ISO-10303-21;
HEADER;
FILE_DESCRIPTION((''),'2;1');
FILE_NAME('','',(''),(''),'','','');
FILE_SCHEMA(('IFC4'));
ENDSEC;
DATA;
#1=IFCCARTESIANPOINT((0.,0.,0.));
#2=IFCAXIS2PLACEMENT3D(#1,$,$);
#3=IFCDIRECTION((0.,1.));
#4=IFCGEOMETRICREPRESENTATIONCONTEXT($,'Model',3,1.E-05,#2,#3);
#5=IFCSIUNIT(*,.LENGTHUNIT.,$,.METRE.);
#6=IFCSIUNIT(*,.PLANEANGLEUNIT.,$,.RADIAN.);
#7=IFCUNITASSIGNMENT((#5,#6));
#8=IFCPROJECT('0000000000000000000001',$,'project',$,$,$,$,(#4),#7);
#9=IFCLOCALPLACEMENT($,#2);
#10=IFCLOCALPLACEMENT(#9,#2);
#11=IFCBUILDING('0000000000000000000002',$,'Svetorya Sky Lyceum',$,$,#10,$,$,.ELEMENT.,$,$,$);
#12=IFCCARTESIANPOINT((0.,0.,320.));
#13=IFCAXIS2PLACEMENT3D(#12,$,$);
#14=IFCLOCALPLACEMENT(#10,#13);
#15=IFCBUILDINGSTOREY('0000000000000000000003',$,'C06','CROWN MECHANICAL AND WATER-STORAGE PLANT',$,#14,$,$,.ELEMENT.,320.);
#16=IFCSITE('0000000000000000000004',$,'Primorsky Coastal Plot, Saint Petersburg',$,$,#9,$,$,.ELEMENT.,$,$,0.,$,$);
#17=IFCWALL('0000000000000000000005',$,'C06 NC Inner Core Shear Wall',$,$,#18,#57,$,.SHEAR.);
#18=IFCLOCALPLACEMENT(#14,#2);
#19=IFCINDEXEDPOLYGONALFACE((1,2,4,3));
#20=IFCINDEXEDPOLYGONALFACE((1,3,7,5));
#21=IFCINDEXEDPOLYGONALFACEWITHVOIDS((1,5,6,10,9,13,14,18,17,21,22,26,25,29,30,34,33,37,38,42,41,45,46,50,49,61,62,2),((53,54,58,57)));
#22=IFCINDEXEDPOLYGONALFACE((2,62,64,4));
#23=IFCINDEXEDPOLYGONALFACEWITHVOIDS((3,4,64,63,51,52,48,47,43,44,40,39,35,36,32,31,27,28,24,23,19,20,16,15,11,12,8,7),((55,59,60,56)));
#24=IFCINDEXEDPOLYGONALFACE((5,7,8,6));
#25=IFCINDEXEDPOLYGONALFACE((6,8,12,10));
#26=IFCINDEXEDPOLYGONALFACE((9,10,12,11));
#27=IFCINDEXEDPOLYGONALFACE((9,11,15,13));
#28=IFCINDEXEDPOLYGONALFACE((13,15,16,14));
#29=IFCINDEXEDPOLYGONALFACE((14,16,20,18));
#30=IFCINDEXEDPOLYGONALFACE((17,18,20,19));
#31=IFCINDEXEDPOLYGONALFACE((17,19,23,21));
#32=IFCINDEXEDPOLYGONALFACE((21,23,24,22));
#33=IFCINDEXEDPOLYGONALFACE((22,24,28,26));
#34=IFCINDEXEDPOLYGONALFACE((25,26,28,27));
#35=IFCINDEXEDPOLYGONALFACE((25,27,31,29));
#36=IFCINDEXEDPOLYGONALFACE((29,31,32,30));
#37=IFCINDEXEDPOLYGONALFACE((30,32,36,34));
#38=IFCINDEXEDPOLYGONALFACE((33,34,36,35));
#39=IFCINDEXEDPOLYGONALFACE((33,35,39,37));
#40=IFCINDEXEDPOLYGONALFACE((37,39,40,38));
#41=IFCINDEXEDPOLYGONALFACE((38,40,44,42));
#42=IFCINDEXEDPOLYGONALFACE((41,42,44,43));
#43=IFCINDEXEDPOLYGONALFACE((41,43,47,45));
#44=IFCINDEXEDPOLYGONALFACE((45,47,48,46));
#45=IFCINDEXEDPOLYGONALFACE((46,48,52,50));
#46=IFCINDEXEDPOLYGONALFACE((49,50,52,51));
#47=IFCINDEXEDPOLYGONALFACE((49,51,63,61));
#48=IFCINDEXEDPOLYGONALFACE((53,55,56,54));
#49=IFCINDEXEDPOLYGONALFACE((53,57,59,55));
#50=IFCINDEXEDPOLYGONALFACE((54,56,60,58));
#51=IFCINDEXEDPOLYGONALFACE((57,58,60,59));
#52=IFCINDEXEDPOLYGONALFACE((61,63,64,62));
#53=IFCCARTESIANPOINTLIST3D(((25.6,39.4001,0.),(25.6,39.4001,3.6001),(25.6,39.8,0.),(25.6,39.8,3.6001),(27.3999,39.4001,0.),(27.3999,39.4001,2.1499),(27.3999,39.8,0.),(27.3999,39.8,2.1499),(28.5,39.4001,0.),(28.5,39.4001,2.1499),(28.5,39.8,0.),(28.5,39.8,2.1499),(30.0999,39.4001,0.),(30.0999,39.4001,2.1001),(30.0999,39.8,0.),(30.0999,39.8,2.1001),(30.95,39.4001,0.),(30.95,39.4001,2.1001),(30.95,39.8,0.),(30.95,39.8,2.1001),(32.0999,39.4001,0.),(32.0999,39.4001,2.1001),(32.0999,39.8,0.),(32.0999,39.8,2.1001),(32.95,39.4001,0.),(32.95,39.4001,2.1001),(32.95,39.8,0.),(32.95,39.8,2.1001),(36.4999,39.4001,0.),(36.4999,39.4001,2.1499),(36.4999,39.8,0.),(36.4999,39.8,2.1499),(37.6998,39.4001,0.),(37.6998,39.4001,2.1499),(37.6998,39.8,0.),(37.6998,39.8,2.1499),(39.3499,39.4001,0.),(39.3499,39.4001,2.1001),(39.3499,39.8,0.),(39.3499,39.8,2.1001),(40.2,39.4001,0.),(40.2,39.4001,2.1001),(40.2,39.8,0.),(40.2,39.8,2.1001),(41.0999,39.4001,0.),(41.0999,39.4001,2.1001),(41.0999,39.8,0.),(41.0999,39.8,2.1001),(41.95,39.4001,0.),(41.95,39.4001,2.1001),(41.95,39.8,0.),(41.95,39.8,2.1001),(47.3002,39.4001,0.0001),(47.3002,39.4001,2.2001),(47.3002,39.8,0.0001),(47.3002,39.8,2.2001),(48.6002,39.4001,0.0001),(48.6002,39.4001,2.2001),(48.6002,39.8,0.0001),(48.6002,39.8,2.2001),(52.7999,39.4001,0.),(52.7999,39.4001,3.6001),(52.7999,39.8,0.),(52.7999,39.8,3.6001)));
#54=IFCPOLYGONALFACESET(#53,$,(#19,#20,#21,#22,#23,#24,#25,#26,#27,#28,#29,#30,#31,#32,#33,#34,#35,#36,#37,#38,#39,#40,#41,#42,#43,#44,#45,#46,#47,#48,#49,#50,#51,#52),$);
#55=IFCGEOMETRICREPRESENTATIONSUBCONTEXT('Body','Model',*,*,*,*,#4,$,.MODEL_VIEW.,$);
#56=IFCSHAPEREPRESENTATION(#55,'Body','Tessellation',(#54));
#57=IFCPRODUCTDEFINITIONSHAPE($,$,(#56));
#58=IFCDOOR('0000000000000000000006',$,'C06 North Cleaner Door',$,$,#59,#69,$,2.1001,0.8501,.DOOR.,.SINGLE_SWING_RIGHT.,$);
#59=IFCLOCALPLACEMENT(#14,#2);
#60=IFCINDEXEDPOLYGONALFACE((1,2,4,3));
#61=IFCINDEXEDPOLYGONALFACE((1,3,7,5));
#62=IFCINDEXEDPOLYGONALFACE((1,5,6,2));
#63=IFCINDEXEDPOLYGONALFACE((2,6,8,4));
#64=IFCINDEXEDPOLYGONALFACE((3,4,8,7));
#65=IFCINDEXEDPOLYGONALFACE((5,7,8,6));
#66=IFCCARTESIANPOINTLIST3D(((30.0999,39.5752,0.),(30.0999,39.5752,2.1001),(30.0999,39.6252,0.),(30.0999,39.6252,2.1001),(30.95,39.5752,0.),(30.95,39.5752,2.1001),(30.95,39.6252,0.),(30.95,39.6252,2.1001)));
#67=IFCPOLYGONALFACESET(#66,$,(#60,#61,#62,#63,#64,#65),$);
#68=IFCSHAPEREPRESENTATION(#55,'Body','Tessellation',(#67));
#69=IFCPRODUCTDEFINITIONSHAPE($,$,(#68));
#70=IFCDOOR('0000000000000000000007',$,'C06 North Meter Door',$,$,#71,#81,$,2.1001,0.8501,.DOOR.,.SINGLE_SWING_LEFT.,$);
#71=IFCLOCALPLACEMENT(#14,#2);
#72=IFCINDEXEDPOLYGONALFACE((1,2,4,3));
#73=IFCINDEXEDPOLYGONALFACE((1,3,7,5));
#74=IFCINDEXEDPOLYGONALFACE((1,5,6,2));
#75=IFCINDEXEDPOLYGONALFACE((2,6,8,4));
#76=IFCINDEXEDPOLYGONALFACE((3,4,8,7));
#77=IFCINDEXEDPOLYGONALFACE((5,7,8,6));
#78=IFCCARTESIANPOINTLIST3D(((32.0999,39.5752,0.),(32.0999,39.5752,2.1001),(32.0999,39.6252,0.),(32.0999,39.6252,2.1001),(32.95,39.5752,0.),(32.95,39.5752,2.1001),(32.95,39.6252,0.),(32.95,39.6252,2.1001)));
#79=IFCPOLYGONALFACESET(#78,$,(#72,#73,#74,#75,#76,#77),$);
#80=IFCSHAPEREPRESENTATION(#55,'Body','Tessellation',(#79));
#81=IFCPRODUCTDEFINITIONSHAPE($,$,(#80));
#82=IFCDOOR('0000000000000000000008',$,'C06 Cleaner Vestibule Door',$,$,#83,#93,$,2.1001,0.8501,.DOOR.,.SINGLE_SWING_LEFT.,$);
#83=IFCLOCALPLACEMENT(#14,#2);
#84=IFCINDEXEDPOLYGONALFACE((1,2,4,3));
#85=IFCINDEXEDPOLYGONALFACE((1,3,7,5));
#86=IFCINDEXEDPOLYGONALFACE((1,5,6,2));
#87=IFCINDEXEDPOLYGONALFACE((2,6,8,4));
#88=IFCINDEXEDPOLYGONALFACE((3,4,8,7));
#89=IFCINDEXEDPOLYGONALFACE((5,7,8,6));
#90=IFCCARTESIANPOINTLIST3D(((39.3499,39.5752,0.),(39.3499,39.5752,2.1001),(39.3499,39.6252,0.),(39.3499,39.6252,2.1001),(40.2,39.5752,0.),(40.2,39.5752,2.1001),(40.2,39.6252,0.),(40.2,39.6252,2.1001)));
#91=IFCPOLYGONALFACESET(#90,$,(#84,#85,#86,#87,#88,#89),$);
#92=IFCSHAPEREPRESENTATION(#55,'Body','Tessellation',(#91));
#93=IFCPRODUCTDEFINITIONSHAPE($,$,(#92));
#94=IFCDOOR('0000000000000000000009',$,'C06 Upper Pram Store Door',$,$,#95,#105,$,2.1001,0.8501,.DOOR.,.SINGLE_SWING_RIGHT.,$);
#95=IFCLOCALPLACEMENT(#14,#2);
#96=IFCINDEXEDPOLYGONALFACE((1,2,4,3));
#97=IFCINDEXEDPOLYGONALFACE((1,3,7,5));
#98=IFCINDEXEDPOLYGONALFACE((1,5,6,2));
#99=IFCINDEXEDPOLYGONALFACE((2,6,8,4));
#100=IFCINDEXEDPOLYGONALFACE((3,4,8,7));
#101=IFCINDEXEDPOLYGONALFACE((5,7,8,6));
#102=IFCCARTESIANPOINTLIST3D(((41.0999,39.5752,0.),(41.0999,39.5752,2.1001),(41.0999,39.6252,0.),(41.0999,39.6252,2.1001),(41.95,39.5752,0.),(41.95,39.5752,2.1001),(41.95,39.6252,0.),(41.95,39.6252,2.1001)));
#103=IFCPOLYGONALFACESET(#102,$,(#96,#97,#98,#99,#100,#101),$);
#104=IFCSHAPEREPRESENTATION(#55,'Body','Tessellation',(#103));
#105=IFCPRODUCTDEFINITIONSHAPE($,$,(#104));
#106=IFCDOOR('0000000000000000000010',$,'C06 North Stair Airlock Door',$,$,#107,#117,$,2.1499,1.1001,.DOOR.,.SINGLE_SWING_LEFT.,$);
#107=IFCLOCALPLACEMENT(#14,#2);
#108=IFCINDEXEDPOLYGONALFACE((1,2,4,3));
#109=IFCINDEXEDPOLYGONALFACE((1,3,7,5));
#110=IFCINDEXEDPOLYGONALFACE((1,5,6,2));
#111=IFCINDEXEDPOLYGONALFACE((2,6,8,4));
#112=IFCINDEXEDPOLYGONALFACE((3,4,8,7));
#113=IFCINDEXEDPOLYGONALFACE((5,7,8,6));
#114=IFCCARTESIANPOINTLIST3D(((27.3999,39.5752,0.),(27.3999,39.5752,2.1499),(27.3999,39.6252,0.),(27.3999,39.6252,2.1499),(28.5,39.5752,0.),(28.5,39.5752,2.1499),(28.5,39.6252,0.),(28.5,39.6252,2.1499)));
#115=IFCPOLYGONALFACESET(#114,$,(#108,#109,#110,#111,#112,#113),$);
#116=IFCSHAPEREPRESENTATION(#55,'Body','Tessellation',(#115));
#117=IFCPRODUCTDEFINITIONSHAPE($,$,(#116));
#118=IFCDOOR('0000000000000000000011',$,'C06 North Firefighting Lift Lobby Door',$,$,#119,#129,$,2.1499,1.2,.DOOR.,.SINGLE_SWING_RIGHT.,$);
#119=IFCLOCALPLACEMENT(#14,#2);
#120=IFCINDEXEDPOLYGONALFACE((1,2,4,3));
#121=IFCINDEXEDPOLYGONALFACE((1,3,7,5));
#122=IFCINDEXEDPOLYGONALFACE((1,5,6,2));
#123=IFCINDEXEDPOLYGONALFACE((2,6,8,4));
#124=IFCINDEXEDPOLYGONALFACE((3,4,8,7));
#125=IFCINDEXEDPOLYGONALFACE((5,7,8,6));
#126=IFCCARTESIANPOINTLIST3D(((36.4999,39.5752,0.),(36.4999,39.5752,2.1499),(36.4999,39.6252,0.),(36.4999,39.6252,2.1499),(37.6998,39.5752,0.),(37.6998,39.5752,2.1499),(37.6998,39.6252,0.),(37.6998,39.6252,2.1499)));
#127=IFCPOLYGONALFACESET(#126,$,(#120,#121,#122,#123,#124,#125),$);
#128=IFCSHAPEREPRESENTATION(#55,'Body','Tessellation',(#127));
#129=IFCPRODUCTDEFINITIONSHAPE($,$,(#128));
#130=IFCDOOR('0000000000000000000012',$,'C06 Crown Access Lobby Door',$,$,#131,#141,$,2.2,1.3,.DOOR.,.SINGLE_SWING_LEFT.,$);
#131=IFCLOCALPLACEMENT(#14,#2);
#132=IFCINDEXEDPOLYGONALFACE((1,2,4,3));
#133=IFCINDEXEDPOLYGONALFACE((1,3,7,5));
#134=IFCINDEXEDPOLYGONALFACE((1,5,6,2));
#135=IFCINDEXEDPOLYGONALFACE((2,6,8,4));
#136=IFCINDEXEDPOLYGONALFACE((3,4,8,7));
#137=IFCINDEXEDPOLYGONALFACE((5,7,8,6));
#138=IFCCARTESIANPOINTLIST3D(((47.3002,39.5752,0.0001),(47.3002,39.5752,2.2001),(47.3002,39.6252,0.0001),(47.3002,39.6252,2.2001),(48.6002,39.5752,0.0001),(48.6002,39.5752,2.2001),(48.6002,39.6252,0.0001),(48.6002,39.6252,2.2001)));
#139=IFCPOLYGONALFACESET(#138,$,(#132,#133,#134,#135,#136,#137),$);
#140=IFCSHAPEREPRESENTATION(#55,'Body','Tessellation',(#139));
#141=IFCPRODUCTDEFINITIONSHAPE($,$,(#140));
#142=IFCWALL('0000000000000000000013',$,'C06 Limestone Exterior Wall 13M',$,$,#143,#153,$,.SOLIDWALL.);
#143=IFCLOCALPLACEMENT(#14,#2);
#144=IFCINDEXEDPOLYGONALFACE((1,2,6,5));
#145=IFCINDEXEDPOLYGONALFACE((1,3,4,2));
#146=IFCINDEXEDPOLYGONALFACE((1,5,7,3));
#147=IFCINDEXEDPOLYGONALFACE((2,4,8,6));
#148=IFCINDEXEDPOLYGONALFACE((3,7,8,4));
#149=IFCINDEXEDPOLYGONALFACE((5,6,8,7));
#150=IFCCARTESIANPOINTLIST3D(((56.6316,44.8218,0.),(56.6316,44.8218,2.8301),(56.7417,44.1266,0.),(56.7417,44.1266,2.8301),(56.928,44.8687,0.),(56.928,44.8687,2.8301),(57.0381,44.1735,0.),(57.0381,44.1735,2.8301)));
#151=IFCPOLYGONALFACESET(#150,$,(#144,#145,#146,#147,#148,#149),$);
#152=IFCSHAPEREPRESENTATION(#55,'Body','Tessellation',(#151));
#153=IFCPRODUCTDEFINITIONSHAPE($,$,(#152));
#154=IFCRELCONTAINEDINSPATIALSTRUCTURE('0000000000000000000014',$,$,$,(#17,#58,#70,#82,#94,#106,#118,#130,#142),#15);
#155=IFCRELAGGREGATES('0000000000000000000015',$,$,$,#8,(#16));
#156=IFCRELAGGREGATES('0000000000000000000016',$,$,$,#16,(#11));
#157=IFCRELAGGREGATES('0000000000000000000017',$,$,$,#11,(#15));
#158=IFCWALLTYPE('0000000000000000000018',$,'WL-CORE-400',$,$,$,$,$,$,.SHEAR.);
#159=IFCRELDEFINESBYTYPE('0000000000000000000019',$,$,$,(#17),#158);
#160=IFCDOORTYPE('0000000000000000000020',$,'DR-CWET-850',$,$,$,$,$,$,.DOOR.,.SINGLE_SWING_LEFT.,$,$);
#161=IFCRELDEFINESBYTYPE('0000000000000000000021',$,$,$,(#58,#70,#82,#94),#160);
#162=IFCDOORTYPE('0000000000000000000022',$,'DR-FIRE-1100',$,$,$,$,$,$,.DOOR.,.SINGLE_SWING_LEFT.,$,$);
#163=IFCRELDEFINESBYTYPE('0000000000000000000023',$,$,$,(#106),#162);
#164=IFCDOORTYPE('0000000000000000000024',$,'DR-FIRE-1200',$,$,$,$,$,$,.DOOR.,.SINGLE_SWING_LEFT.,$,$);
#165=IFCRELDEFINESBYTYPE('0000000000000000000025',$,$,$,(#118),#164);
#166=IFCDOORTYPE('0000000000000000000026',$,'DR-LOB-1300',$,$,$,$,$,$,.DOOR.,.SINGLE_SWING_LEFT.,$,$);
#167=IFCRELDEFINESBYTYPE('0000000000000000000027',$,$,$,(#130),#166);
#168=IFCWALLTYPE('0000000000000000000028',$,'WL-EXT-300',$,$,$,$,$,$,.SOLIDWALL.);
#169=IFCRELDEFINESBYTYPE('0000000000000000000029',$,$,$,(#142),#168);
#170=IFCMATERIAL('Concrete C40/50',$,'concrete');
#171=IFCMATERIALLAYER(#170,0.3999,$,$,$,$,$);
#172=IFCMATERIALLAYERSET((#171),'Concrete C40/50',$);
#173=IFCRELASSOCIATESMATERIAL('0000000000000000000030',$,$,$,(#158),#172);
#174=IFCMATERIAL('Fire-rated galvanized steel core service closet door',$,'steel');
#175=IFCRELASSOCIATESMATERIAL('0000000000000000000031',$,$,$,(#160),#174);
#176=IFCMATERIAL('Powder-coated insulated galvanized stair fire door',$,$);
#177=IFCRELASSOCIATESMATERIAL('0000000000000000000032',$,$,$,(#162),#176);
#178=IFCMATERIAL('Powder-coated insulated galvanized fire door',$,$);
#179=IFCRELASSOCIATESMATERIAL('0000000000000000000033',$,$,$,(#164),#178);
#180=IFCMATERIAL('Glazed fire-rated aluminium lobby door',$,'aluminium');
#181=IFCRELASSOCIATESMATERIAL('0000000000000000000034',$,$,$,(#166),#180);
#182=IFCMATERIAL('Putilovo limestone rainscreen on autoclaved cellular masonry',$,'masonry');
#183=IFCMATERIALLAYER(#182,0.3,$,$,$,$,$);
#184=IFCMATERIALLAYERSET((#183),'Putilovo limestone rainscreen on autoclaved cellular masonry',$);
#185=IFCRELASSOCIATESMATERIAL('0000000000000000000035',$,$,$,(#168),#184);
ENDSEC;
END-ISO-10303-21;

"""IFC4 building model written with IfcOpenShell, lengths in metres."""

from ifc_helpers import new_model, si_unit, direction, frame, frame_2d, origin, place, context, subcontext, project, spatial, rectangle, extrude, material, layer, layer_set, type_object, element, fill, save


model = new_model("IFC4")

# Units and contexts
model_context = context("Model", 3, precision=1e-05, world=origin(), true_north=direction((0.0, 1.0)))
body_context = subcontext(model_context, "Body", "Model", "MODEL_VIEW")
ifc_project = project(units=[si_unit("LENGTHUNIT", "METRE"), si_unit("PLANEANGLEUNIT", "RADIAN")], contexts=[model_context])

# Site, building, storey
site_placement = place(None, origin())
site = spatial("IfcSite", under=ifc_project, at=site_placement, Name="Primorsky Coastal Plot, Saint Petersburg", CompositionType="ELEMENT", RefElevation=0.0)
building_placement = place(site_placement, origin())
building = spatial("IfcBuilding", under=site, at=building_placement, Name="Svetorya Sky Lyceum", CompositionType="ELEMENT")
storey_placement = place(building_placement, frame((0.0, 0.0, 320.0)))
storey = spatial("IfcBuildingStorey", under=building, at=storey_placement, Name="C06", Description="CROWN MECHANICAL AND WATER-STORAGE PLANT", CompositionType="ELEMENT", Elevation=320.0)

# Shared definitions
ifc_material_1 = material(Name="Concrete C40/50", Category="concrete")

# Shared definitions
ifc_layer_1 = layer(ifc_material_1, 0.3999)
ifc_layer_set_1 = layer_set([ifc_layer_1], Name="Concrete C40/50")
wall_type_1 = type_object("IfcWallType", Name="WL-CORE-400", PredefinedType="SHEAR", material=ifc_layer_set_1)

# Wall, openings, doors
wall_1_placement = place(storey_placement, frame((52.8, 39.6001, 0.0), z_axis=(0.0, 0.0, 1.0), x_axis=(-1.0, 0.0, 0.0)))
wall_1 = element("IfcWall", 1, at=wall_1_placement, inside=storey, type_object=wall_type_1, Name="C06 NC Inner Core Shear Wall", PredefinedType="SHEAR", context=body_context, shape_type="SweptSolid", body=[
    extrude(rectangle(XDim=27.2, YDim=0.3999, at=frame_2d((13.6001, 0.0))), origin(), (0.0, 0.0, 1.0), 3.6001),
])
opening_1_placement = place(wall_1_placement, frame((24.3, 0.0, 0.0)))
opening_1 = element("IfcOpeningElement", 2, at=opening_1_placement, cuts=wall_1, PredefinedType="OPENING", context=body_context, shape_type="SweptSolid", body=[
    extrude(rectangle(XDim=1.1001, YDim=2.1499, at=frame_2d((0.55, 1.075))), frame((0.0, 0.21, 0.0), z_axis=(0.0, -1.0, 0.0), x_axis=(1.0, 0.0, 0.0)), (0.0, 0.0, 1.0), 0.4199),
])
opening_2_placement = place(wall_1_placement, frame((21.8501, 0.0, 0.0)))
opening_2 = element("IfcOpeningElement", 3, at=opening_2_placement, cuts=wall_1, PredefinedType="OPENING", context=body_context, shape_type="SweptSolid", body=[
    extrude(rectangle(XDim=0.8501, YDim=2.1001, at=frame_2d((0.425, 1.05))), frame((0.0, 0.21, 0.0), z_axis=(0.0, -1.0, 0.0), x_axis=(1.0, 0.0, 0.0)), (0.0, 0.0, 1.0), 0.4199),
])
opening_3_placement = place(wall_1_placement, frame((19.8501, 0.0, 0.0)))
opening_3 = element("IfcOpeningElement", 4, at=opening_3_placement, cuts=wall_1, PredefinedType="OPENING", context=body_context, shape_type="SweptSolid", body=[
    extrude(rectangle(XDim=0.8501, YDim=2.1001, at=frame_2d((0.425, 1.05))), frame((0.0, 0.21, 0.0), z_axis=(0.0, -1.0, 0.0), x_axis=(1.0, 0.0, 0.0)), (0.0, 0.0, 1.0), 0.4199),
])
opening_4_placement = place(wall_1_placement, frame((15.1001, 0.0, 0.0)))
opening_4 = element("IfcOpeningElement", 5, at=opening_4_placement, cuts=wall_1, PredefinedType="OPENING", context=body_context, shape_type="SweptSolid", body=[
    extrude(rectangle(XDim=1.2, YDim=2.1499, at=frame_2d((0.6001, 1.075))), frame((0.0, 0.21, 0.0), z_axis=(0.0, -1.0, 0.0), x_axis=(1.0, 0.0, 0.0)), (0.0, 0.0, 1.0), 0.4199),
])
opening_5_placement = place(wall_1_placement, frame((12.6001, 0.0, 0.0)))
opening_5 = element("IfcOpeningElement", 6, at=opening_5_placement, cuts=wall_1, PredefinedType="OPENING", context=body_context, shape_type="SweptSolid", body=[
    extrude(rectangle(XDim=0.8501, YDim=2.1001, at=frame_2d((0.425, 1.05))), frame((0.0, 0.21, 0.0), z_axis=(0.0, -1.0, 0.0), x_axis=(1.0, 0.0, 0.0)), (0.0, 0.0, 1.0), 0.4199),
])
opening_6_placement = place(wall_1_placement, frame((10.8501, 0.0, 0.0)))
opening_6 = element("IfcOpeningElement", 7, at=opening_6_placement, cuts=wall_1, PredefinedType="OPENING", context=body_context, shape_type="SweptSolid", body=[
    extrude(rectangle(XDim=0.8501, YDim=2.1001, at=frame_2d((0.425, 1.05))), frame((0.0, 0.21, 0.0), z_axis=(0.0, -1.0, 0.0), x_axis=(1.0, 0.0, 0.0)), (0.0, 0.0, 1.0), 0.4199),
])
opening_7_placement = place(wall_1_placement, frame((4.2, 0.0, 0.0)))
opening_7 = element("IfcOpeningElement", 8, at=opening_7_placement, cuts=wall_1, PredefinedType="OPENING", context=body_context, shape_type="SweptSolid", body=[
    extrude(rectangle(XDim=1.3, YDim=2.2, at=frame_2d((0.6499, 1.1001))), frame((0.0, 0.21, 0.0), z_axis=(0.0, -1.0, 0.0), x_axis=(1.0, 0.0, 0.0)), (0.0, 0.0, 1.0), 0.4199),
])
ifc_material_2 = material(Name="Fire-rated galvanized steel core service closet door", Category="steel")
door_type_1 = type_object("IfcDoorType", Name="DR-CWET-850", OperationType="SINGLE_SWING_LEFT", PredefinedType="DOOR", material=ifc_material_2)
door_1_placement = place(opening_2_placement, origin())
door_1 = element("IfcDoor", 9, at=door_1_placement, inside=storey, type_object=door_type_1, Name="C06 North Cleaner Door", OperationType="SINGLE_SWING_RIGHT", OverallHeight=2.1001, OverallWidth=0.8501, PredefinedType="DOOR", context=body_context, shape_type="SweptSolid", body=[
    extrude(rectangle(XDim=0.8501, YDim=2.1001, at=frame_2d((0.425, 1.05))), frame((0.0, 0.0249, 0.0), z_axis=(0.0, -1.0, 0.0), x_axis=(1.0, 0.0, 0.0)), (0.0, 0.0, 1.0), 0.05),
])
fill(opening_2, door_1)
door_2_placement = place(opening_3_placement, origin())
door_2 = element("IfcDoor", 10, at=door_2_placement, inside=storey, type_object=door_type_1, Name="C06 North Meter Door", OperationType="SINGLE_SWING_LEFT", OverallHeight=2.1001, OverallWidth=0.8501, PredefinedType="DOOR", context=body_context, shape_type="SweptSolid", body=[
    extrude(rectangle(XDim=0.8501, YDim=2.1001, at=frame_2d((0.425, 1.05))), frame((0.0, 0.0249, 0.0), z_axis=(0.0, -1.0, 0.0), x_axis=(1.0, 0.0, 0.0)), (0.0, 0.0, 1.0), 0.05),
])
fill(opening_3, door_2)
door_3_placement = place(opening_5_placement, origin())
door_3 = element("IfcDoor", 11, at=door_3_placement, inside=storey, type_object=door_type_1, Name="C06 Cleaner Vestibule Door", OperationType="SINGLE_SWING_LEFT", OverallHeight=2.1001, OverallWidth=0.8501, PredefinedType="DOOR", context=body_context, shape_type="SweptSolid", body=[
    extrude(rectangle(XDim=0.8501, YDim=2.1001, at=frame_2d((0.425, 1.05))), frame((0.0, 0.0249, 0.0), z_axis=(0.0, -1.0, 0.0), x_axis=(1.0, 0.0, 0.0)), (0.0, 0.0, 1.0), 0.05),
])
fill(opening_5, door_3)
door_4_placement = place(opening_6_placement, origin())
door_4 = element("IfcDoor", 12, at=door_4_placement, inside=storey, type_object=door_type_1, Name="C06 Upper Pram Store Door", OperationType="SINGLE_SWING_RIGHT", OverallHeight=2.1001, OverallWidth=0.8501, PredefinedType="DOOR", context=body_context, shape_type="SweptSolid", body=[
    extrude(rectangle(XDim=0.8501, YDim=2.1001, at=frame_2d((0.425, 1.05))), frame((0.0, 0.0249, 0.0), z_axis=(0.0, -1.0, 0.0), x_axis=(1.0, 0.0, 0.0)), (0.0, 0.0, 1.0), 0.05),
])
fill(opening_6, door_4)
ifc_material_3 = material(Name="Powder-coated insulated galvanized stair fire door")
door_type_2 = type_object("IfcDoorType", Name="DR-FIRE-1100", OperationType="SINGLE_SWING_LEFT", PredefinedType="DOOR", material=ifc_material_3)
door_5_placement = place(opening_1_placement, origin())
door_5 = element("IfcDoor", 13, at=door_5_placement, inside=storey, type_object=door_type_2, Name="C06 North Stair Airlock Door", OperationType="SINGLE_SWING_LEFT", OverallHeight=2.1499, OverallWidth=1.1001, PredefinedType="DOOR", context=body_context, shape_type="SweptSolid", body=[
    extrude(rectangle(XDim=1.1001, YDim=2.1499, at=frame_2d((0.55, 1.075))), frame((0.0, 0.0249, 0.0), z_axis=(0.0, -1.0, 0.0), x_axis=(1.0, 0.0, 0.0)), (0.0, 0.0, 1.0), 0.05),
])
fill(opening_1, door_5)
ifc_material_4 = material(Name="Powder-coated insulated galvanized fire door")
door_type_3 = type_object("IfcDoorType", Name="DR-FIRE-1200", OperationType="SINGLE_SWING_LEFT", PredefinedType="DOOR", material=ifc_material_4)
door_6_placement = place(opening_4_placement, origin())
door_6 = element("IfcDoor", 14, at=door_6_placement, inside=storey, type_object=door_type_3, Name="C06 North Firefighting Lift Lobby Door", OperationType="SINGLE_SWING_RIGHT", OverallHeight=2.1499, OverallWidth=1.2, PredefinedType="DOOR", context=body_context, shape_type="SweptSolid", body=[
    extrude(rectangle(XDim=1.2, YDim=2.1499, at=frame_2d((0.6001, 1.075))), frame((0.0, 0.0249, 0.0), z_axis=(0.0, -1.0, 0.0), x_axis=(1.0, 0.0, 0.0)), (0.0, 0.0, 1.0), 0.05),
])
fill(opening_4, door_6)
ifc_material_5 = material(Name="Glazed fire-rated aluminium lobby door", Category="aluminium")
door_type_4 = type_object("IfcDoorType", Name="DR-LOB-1300", OperationType="SINGLE_SWING_LEFT", PredefinedType="DOOR", material=ifc_material_5)
door_7_placement = place(opening_7_placement, origin())
door_7 = element("IfcDoor", 15, at=door_7_placement, inside=storey, type_object=door_type_4, Name="C06 Crown Access Lobby Door", OperationType="SINGLE_SWING_LEFT", OverallHeight=2.2, OverallWidth=1.3, PredefinedType="DOOR", context=body_context, shape_type="SweptSolid", body=[
    extrude(rectangle(XDim=1.3, YDim=2.2, at=frame_2d((0.6499, 1.1001))), frame((0.0, 0.0249, 0.0), z_axis=(0.0, -1.0, 0.0), x_axis=(1.0, 0.0, 0.0)), (0.0, 0.0, 1.0), 0.05),
])
fill(opening_7, door_7)

# Wall
ifc_material_6 = material(Name="Putilovo limestone rainscreen on autoclaved cellular masonry", Category="masonry")
ifc_layer_2 = layer(ifc_material_6, 0.3)
ifc_layer_set_2 = layer_set([ifc_layer_2], Name="Putilovo limestone rainscreen on autoclaved cellular masonry")
wall_type_2 = type_object("IfcWallType", Name="WL-EXT-300", PredefinedType="SOLIDWALL", material=ifc_layer_set_2)
for number, where, z_axis, x_axis, name in (
    (16, (56.8899, 44.1499, 0.0), (0.0, 0.0, 1.0), (-0.156408, 0.987693, 0.0), "C06 Limestone Exterior Wall 13M"),
):
    element("IfcWall", number, at=place(storey_placement, frame(where, z_axis=z_axis, x_axis=x_axis)), inside=storey, type_object=wall_type_2, Name=name, PredefinedType="SOLIDWALL", context=body_context, shape_type="SweptSolid", body=[
        extrude(rectangle(XDim=0.7039, YDim=0.3, at=frame_2d((0.3521, 0.0))), origin(), (0.0, 0.0, 1.0), 2.8301),
    ])

save(model, "model.ifc")
